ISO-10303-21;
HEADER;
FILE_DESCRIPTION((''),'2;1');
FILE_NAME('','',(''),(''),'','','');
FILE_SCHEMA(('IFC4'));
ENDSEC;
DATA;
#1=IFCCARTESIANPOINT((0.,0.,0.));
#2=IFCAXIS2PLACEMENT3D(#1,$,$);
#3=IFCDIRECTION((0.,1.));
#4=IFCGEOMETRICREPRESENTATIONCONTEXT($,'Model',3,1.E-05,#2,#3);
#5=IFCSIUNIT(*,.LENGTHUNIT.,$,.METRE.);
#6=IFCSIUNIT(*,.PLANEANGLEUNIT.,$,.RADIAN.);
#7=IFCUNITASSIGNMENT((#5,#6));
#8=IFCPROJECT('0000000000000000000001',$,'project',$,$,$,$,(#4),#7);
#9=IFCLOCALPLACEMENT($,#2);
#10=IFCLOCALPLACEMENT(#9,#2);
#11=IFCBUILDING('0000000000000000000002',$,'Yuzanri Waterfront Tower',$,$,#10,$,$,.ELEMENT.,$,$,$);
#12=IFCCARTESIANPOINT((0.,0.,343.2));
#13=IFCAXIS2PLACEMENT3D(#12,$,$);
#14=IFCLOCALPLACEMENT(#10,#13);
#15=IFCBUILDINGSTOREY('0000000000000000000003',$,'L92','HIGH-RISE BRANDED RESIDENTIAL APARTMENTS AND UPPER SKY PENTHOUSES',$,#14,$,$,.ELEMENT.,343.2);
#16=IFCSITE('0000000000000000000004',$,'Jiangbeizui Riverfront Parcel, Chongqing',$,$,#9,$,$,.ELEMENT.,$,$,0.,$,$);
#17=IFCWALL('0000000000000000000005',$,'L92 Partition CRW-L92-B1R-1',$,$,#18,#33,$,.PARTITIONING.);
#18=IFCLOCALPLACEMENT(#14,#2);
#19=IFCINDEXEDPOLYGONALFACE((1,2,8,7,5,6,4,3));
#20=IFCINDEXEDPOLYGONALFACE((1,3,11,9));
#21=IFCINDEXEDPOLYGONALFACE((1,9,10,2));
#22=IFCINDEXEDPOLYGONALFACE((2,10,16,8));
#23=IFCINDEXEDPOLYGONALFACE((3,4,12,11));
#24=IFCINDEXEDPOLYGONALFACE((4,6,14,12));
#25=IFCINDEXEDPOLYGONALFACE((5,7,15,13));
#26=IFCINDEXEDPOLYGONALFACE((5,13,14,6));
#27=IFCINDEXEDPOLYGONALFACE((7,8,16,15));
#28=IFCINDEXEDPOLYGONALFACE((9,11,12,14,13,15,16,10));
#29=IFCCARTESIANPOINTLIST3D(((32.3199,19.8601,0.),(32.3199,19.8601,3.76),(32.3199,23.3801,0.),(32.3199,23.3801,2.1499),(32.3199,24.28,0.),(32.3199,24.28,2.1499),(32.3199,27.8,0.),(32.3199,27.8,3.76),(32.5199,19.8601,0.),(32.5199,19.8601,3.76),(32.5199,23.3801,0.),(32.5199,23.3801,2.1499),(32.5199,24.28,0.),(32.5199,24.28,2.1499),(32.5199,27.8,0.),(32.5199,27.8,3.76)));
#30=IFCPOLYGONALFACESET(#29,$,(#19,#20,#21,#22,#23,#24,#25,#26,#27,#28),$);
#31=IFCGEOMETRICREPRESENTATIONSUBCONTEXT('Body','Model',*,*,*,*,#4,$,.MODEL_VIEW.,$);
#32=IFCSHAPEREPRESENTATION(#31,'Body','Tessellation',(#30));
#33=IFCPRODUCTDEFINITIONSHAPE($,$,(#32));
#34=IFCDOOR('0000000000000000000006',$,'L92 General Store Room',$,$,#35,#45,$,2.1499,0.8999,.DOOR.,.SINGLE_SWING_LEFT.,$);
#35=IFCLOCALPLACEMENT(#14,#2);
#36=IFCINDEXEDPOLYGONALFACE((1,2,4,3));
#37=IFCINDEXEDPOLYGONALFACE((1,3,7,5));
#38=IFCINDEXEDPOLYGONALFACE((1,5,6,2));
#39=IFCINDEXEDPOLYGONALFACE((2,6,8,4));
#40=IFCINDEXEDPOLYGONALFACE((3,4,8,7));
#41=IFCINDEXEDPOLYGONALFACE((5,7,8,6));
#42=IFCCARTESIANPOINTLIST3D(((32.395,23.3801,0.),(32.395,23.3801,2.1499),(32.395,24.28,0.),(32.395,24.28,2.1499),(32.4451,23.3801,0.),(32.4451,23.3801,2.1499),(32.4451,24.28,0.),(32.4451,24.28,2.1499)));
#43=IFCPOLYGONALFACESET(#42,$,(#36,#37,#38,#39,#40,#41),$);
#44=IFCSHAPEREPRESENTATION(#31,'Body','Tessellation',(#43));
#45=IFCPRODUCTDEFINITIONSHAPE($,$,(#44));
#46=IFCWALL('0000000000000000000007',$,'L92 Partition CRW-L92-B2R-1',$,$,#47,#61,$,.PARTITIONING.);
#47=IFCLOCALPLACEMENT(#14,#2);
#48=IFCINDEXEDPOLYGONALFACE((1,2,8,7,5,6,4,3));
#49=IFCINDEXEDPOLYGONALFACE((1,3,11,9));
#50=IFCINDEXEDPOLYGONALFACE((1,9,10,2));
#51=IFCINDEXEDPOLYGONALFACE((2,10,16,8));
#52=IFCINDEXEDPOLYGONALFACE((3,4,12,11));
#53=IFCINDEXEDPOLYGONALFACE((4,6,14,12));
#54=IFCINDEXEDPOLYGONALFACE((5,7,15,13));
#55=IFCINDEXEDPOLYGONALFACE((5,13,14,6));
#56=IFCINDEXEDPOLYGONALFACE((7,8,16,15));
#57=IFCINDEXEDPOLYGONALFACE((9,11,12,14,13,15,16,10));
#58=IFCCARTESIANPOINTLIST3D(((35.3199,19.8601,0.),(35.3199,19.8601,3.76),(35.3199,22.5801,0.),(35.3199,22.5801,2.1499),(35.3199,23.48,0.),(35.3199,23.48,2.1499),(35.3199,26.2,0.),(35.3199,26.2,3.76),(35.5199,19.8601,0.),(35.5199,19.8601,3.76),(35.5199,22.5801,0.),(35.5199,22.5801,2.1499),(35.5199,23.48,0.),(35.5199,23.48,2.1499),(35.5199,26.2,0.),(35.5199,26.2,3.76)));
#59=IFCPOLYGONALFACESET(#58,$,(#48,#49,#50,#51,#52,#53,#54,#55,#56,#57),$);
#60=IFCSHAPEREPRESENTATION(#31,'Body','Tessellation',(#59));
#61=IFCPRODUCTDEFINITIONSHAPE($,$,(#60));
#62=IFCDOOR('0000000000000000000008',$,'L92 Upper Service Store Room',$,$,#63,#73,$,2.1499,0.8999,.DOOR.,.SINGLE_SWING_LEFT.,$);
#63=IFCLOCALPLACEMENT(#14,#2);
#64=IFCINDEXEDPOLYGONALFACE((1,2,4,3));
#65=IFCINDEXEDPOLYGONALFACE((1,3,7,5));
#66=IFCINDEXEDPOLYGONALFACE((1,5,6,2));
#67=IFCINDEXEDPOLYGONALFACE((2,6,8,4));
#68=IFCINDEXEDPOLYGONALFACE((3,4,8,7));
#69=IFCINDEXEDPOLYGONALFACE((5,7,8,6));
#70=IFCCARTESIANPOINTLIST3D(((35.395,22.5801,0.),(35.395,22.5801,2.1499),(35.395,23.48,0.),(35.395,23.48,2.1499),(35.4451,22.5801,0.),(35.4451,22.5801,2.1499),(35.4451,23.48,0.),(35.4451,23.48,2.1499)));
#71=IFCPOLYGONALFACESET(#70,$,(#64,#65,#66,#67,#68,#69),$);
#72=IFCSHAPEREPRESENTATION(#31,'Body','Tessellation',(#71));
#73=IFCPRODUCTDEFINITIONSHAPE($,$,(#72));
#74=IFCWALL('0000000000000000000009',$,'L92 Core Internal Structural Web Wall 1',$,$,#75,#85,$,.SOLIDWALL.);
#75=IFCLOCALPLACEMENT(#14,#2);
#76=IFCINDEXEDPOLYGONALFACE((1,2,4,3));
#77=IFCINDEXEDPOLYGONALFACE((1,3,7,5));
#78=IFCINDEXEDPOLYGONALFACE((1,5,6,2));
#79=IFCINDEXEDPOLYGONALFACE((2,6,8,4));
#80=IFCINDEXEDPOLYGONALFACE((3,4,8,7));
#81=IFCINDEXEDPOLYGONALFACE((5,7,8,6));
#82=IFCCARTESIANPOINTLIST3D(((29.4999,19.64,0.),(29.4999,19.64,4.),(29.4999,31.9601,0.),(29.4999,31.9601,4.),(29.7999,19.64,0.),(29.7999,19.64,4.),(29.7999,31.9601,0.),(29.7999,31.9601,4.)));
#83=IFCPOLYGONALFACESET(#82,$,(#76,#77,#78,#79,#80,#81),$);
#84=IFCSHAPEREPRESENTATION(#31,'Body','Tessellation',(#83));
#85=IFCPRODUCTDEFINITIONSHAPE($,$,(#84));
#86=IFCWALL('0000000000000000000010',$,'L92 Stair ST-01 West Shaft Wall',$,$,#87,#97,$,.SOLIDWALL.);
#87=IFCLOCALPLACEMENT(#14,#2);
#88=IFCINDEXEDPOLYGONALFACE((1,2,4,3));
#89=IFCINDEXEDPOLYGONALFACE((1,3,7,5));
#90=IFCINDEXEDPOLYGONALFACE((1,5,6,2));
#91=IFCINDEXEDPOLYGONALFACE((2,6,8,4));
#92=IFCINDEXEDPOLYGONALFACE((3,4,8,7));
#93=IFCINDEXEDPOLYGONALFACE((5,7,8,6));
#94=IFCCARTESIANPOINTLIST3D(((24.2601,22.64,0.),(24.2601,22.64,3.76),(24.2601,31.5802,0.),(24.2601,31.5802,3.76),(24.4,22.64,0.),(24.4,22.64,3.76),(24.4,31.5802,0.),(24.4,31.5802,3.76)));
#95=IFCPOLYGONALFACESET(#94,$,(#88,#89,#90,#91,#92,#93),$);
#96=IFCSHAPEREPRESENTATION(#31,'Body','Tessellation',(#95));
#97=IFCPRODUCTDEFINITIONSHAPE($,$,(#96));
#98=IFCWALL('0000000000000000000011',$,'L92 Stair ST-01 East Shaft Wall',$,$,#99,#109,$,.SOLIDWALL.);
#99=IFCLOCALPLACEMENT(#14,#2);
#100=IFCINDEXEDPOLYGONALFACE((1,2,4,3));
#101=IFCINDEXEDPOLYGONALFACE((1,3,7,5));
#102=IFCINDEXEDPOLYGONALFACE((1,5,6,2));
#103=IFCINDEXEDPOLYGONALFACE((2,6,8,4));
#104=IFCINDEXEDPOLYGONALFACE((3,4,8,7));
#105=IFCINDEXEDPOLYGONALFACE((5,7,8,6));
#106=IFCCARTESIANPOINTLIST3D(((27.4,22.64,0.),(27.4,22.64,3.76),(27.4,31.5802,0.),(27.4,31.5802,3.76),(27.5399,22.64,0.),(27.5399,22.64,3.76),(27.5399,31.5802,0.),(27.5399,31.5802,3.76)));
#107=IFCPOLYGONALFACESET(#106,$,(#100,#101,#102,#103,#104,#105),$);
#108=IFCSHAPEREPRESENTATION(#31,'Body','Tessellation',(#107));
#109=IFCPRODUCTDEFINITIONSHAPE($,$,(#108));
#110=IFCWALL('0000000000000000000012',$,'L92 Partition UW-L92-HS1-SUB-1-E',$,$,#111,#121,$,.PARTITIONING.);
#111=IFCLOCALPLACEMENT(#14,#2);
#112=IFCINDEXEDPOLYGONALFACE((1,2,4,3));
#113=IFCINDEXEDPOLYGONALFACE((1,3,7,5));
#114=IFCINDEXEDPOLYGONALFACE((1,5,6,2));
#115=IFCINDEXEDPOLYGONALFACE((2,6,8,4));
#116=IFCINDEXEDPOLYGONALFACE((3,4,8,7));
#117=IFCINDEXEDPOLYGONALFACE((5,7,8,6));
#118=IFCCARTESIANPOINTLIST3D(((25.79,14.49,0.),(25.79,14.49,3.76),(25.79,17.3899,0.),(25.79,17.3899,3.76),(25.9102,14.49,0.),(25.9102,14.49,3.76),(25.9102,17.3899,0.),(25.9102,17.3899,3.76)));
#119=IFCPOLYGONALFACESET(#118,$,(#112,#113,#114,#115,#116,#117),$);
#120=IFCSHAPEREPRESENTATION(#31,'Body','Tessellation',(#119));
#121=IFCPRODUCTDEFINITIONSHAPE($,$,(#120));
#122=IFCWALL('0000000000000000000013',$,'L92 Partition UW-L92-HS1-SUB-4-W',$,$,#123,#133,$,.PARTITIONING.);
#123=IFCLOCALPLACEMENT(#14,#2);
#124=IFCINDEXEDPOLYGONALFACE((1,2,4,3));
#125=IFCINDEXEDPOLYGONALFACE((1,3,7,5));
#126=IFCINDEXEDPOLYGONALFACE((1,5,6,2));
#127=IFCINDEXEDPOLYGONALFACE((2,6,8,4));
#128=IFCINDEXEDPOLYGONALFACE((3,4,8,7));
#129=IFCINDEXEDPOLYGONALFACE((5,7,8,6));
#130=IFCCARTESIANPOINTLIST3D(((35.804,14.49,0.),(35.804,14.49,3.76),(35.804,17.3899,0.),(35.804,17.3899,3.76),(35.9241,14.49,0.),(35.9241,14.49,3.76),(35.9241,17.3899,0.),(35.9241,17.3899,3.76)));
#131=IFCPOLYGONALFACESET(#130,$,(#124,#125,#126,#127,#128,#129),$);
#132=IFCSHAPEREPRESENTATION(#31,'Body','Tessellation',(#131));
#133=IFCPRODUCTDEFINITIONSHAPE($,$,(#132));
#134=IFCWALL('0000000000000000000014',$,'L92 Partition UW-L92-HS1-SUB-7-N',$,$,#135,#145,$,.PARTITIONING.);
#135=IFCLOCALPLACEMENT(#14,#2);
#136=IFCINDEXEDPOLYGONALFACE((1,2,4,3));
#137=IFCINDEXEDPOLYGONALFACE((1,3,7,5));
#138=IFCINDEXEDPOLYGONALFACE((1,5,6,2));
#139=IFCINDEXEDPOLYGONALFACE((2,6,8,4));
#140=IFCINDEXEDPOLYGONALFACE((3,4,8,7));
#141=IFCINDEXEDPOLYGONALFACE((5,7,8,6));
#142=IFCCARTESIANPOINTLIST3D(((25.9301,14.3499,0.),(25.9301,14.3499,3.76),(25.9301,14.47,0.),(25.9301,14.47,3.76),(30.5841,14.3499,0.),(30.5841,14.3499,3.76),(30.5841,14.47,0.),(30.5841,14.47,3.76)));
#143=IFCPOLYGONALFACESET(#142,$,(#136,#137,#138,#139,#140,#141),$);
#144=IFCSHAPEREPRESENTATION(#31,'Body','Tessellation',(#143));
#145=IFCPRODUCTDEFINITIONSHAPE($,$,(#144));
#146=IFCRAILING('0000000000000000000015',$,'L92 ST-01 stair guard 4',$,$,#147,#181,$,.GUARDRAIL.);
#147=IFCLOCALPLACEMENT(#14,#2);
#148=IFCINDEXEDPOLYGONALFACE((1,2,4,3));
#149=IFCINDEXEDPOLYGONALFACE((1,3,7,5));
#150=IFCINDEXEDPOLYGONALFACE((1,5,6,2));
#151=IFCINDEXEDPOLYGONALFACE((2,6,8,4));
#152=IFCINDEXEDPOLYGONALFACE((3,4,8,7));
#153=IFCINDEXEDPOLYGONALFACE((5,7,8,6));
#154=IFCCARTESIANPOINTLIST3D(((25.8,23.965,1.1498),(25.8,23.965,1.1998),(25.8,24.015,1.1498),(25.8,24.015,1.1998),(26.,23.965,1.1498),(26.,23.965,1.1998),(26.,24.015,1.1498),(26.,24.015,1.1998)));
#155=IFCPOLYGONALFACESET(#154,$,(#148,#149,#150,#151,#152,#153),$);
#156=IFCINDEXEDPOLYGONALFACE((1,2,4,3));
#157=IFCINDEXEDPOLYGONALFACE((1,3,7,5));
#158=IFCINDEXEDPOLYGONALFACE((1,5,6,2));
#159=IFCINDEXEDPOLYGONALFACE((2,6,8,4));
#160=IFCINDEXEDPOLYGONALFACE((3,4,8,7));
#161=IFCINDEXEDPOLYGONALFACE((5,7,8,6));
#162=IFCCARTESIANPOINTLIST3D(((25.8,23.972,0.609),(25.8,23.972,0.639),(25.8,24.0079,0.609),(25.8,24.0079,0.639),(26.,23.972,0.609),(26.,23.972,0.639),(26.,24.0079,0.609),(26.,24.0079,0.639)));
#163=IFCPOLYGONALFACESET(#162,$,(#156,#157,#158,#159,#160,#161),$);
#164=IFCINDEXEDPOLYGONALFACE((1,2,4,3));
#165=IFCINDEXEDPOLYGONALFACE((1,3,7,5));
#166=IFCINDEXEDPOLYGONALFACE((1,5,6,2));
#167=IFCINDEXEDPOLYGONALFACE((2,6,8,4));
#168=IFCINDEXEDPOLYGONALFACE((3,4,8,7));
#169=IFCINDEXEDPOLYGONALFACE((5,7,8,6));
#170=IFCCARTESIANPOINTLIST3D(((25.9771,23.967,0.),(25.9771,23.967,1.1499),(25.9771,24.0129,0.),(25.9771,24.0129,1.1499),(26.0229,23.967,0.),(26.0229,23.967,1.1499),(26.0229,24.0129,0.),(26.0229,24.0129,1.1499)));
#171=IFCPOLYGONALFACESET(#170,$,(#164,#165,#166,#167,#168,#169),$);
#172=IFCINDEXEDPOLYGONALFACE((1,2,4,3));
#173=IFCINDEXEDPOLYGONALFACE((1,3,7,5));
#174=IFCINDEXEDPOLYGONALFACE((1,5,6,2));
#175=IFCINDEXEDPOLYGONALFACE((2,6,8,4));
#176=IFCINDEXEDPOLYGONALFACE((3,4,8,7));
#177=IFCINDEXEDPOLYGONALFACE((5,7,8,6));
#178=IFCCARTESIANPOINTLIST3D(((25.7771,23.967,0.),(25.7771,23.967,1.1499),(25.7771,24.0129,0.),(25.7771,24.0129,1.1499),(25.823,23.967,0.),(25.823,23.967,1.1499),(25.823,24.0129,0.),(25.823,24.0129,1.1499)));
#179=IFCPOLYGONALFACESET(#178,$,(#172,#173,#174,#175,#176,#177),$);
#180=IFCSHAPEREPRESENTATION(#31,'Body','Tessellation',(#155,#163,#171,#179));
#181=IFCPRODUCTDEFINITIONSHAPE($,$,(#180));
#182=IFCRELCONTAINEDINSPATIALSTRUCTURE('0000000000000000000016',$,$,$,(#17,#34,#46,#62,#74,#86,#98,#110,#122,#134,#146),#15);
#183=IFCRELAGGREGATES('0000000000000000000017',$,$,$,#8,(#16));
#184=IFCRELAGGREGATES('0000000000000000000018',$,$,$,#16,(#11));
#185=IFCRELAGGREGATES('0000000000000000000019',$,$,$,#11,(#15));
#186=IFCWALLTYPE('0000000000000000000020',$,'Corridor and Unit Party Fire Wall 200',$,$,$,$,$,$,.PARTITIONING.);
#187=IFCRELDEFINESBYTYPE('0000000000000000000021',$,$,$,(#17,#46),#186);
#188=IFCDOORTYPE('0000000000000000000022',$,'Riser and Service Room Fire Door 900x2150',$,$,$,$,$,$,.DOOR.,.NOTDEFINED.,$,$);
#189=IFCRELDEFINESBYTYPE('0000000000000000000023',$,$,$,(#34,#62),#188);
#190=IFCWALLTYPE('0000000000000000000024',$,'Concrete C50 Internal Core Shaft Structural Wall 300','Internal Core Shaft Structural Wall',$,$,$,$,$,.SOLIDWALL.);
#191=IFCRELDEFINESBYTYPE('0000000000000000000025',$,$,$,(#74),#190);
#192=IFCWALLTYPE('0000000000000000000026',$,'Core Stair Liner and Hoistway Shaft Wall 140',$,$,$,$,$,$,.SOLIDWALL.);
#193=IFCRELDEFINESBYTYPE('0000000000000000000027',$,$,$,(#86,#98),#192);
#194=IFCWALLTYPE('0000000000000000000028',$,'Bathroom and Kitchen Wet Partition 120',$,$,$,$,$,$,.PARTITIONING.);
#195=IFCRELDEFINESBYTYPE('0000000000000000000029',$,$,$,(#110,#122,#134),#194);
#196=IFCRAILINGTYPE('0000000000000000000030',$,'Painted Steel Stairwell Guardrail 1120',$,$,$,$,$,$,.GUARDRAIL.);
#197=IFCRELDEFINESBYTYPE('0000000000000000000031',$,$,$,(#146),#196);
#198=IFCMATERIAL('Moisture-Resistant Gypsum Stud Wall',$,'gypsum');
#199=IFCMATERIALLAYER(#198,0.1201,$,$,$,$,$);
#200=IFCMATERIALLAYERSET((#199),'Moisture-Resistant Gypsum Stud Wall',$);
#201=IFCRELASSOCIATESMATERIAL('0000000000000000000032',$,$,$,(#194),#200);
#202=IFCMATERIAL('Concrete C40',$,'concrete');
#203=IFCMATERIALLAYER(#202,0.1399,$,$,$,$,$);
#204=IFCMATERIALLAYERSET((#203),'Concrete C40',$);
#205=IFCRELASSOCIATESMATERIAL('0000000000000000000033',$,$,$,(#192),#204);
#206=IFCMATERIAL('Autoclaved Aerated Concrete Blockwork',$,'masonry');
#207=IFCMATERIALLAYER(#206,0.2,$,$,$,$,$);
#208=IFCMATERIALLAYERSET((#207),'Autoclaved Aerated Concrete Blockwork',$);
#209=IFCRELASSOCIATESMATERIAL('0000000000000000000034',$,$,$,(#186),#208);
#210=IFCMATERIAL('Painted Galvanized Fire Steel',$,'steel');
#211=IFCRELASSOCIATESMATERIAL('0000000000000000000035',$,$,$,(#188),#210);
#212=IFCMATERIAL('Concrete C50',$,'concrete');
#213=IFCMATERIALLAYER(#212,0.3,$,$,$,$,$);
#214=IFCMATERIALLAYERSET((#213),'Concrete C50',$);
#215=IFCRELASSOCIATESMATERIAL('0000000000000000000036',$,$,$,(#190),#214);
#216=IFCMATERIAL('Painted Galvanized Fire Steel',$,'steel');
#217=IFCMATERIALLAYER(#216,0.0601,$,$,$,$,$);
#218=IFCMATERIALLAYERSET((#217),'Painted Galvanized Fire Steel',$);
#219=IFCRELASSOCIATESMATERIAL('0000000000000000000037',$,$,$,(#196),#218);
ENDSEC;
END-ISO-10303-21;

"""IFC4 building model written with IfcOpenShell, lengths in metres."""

from ifc_helpers import new_model, si_unit, direction, frame, frame_2d, origin, origin_2d, place, context, subcontext, project, spatial, rectangle, extrude, source, transform, mapped, material, layer, layer_set, type_object, element, fill, save


model = new_model("IFC4")

# Units and contexts
model_context = context("Model", 3, precision=1e-05, world=origin(), true_north=direction((0.0, 1.0)))
body_context = subcontext(model_context, "Body", "Model", "MODEL_VIEW")
ifc_project = project(units=[si_unit("LENGTHUNIT", "METRE"), si_unit("PLANEANGLEUNIT", "RADIAN")], contexts=[model_context])

# Site, building, storey
site_placement = place(None, origin())
site = spatial("IfcSite", under=ifc_project, at=site_placement, Name="Jiangbeizui Riverfront Parcel, Chongqing", CompositionType="ELEMENT", RefElevation=0.0)
building_placement = place(site_placement, origin())
building = spatial("IfcBuilding", under=site, at=building_placement, Name="Yuzanri Waterfront Tower", CompositionType="ELEMENT")
storey_placement = place(building_placement, frame((0.0, 0.0, 343.2)))
storey = spatial("IfcBuildingStorey", under=building, at=storey_placement, Name="L92", Description="HIGH-RISE BRANDED RESIDENTIAL APARTMENTS AND UPPER SKY PENTHOUSES", CompositionType="ELEMENT", Elevation=343.2)

# Shared definitions
ifc_material_1 = material(Name="Moisture-Resistant Gypsum Stud Wall", Category="gypsum")
ifc_layer_1 = layer(ifc_material_1, 0.1201)
ifc_layer_set_1 = layer_set([ifc_layer_1], Name="Moisture-Resistant Gypsum Stud Wall")
wall_type_1 = type_object("IfcWallType", Name="Bathroom and Kitchen Wet Partition 120", PredefinedType="PARTITIONING", material=ifc_layer_set_1)

# Walls, openings, doors
ifc_material_2 = material(Name="Concrete C40", Category="concrete")
ifc_layer_2 = layer(ifc_material_2, 0.1399)
ifc_layer_set_2 = layer_set([ifc_layer_2], Name="Concrete C40")
wall_type_2 = type_object("IfcWallType", Name="Core Stair Liner and Hoistway Shaft Wall 140", PredefinedType="SOLIDWALL", material=ifc_layer_set_2)
ifc_material_3 = material(Name="Autoclaved Aerated Concrete Blockwork", Category="masonry")
ifc_layer_3 = layer(ifc_material_3, 0.2)
ifc_layer_set_3 = layer_set([ifc_layer_3], Name="Autoclaved Aerated Concrete Blockwork")
wall_type_3 = type_object("IfcWallType", Name="Corridor and Unit Party Fire Wall 200", PredefinedType="PARTITIONING", material=ifc_layer_set_3)
wall_1_placement = place(storey_placement, frame((32.4199, 19.8601, 0.0), z_axis=(0.0, 0.0, 1.0), x_axis=(0.0, 1.0, 0.0)))
wall_1 = element("IfcWall", 1, at=wall_1_placement, inside=storey, type_object=wall_type_3, Name="L92 Partition CRW-L92-B1R-1", PredefinedType="PARTITIONING", context=body_context, shape_type="SweptSolid", body=[
    extrude(rectangle(XDim=7.9399, YDim=0.2, at=frame_2d((3.97, 0.0))), origin(), (0.0, 0.0, 1.0), 3.76),
])
opening_1_placement = place(wall_1_placement, frame((3.52, 0.0, 0.0)))
opening_1 = element("IfcOpeningElement", 2, at=opening_1_placement, cuts=wall_1, PredefinedType="OPENING", context=body_context, shape_type="SweptSolid", body=[
    extrude(rectangle(XDim=0.8999, YDim=2.1499, at=frame_2d((0.45, 1.075))), frame((0.0, 0.1147, 0.0), z_axis=(0.0, -1.0, 0.0), x_axis=(1.0, 0.0, 0.0)), (0.0, 0.0, 1.0), 0.2297),
])
ifc_material_4 = material(Name="Painted Galvanized Fire Steel", Category="steel")
door_type_1 = type_object("IfcDoorType", Name="Riser and Service Room Fire Door 900x2150", OperationType="NOTDEFINED", PredefinedType="DOOR", material=ifc_material_4)
shared_shape_1 = source(origin(), body_context, "Body", "SweptSolid", [
    extrude(rectangle(XDim=0.8999, YDim=2.1499, at=frame_2d((0.45, 1.075))), frame((0.0, 0.0249, 0.0), z_axis=(0.0, -1.0, 0.0), x_axis=(1.0, 0.0, 0.0)), (0.0, 0.0, 1.0), 0.05),
])
door_1_placement = place(opening_1_placement, origin())
door_1 = element("IfcDoor", 3, at=door_1_placement, inside=storey, type_object=door_type_1, Name="L92 General Store Room", OperationType="SINGLE_SWING_LEFT", OverallHeight=2.1499, OverallWidth=0.8999, PredefinedType="DOOR", context=body_context, shape_type="MappedRepresentation", body=[
    mapped(shared_shape_1, transform((0.0, 0.0, 0.0), scale=1.0)),
])
fill(opening_1, door_1)
wall_2_placement = place(storey_placement, frame((35.4199, 19.8601, 0.0), z_axis=(0.0, 0.0, 1.0), x_axis=(0.0, 1.0, 0.0)))
wall_2 = element("IfcWall", 4, at=wall_2_placement, inside=storey, type_object=wall_type_3, Name="L92 Partition CRW-L92-B2R-1", PredefinedType="PARTITIONING", context=body_context, shape_type="SweptSolid", body=[
    extrude(rectangle(XDim=6.3398, YDim=0.2, at=frame_2d((3.1699, 0.0))), origin(), (0.0, 0.0, 1.0), 3.76),
])
opening_2_placement = place(wall_2_placement, frame((2.72, 0.0, 0.0)))
opening_2 = element("IfcOpeningElement", 5, at=opening_2_placement, cuts=wall_2, PredefinedType="OPENING", context=body_context, shape_type="SweptSolid", body=[
    extrude(rectangle(XDim=0.8999, YDim=2.1499, at=frame_2d((0.45, 1.075))), frame((0.0, 0.1147, 0.0), z_axis=(0.0, -1.0, 0.0), x_axis=(1.0, 0.0, 0.0)), (0.0, 0.0, 1.0), 0.2297),
])
door_2_placement = place(opening_2_placement, origin())
door_2 = element("IfcDoor", 6, at=door_2_placement, inside=storey, type_object=door_type_1, Name="L92 Upper Service Store Room", OperationType="SINGLE_SWING_LEFT", OverallHeight=2.1499, OverallWidth=0.8999, PredefinedType="DOOR", context=body_context, shape_type="MappedRepresentation", body=[
    mapped(shared_shape_1, transform((0.0, 0.0, 0.0), scale=1.0)),
])
fill(opening_2, door_2)

# Walls
ifc_material_5 = material(Name="Concrete C50", Category="concrete")
ifc_layer_4 = layer(ifc_material_5, 0.3)
ifc_layer_set_4 = layer_set([ifc_layer_4], Name="Concrete C50")
wall_type_4 = type_object("IfcWallType", Name="Concrete C50 Internal Core Shaft Structural Wall 300", Description="Internal Core Shaft Structural Wall", PredefinedType="SOLIDWALL", material=ifc_layer_set_4)
shared_shape_2 = source(origin(), body_context, "Body", "SweptSolid", [
    extrude(rectangle(XDim=12.3201, YDim=0.3, at=frame_2d((6.1602, 0.0))), origin(), (0.0, 0.0, 1.0), 4.0),
])
wall_3_placement = place(storey_placement, frame((29.6499, 19.6399, 0.0), z_axis=(0.0, 0.0, 1.0), x_axis=(0.0, 1.0, 0.0)))
element("IfcWall", 7, at=wall_3_placement, inside=storey, type_object=wall_type_4, Name="L92 Core Internal Structural Web Wall 1", PredefinedType="SOLIDWALL", context=body_context, shape_type="MappedRepresentation", body=[
    mapped(shared_shape_2, transform((0.0, 0.0, 0.0), scale=1.0)),
])
shared_shape_3 = source(origin(), body_context, "Body", "SweptSolid", [
    extrude(rectangle(XDim=8.9402, YDim=0.1399, at=frame_2d((4.4702, 0.0))), origin(), (0.0, 0.0, 1.0), 3.76),
])
for number, where, z_axis, x_axis, name in (
    (8, (24.3301, 22.6399, 0.0), (0.0, 0.0, 1.0), (0.0, 1.0, 0.0), "L92 Stair ST-01 West Shaft Wall"),
    (9, (27.47, 22.6399, 0.0), (0.0, 0.0, 1.0), (0.0, 1.0, 0.0), "L92 Stair ST-01 East Shaft Wall"),
):
    element("IfcWall", number, at=place(storey_placement, frame(where, z_axis=z_axis, x_axis=x_axis)), inside=storey, type_object=wall_type_2, Name=name, PredefinedType="SOLIDWALL", context=body_context, shape_type="MappedRepresentation", body=[
        mapped(shared_shape_3, transform((0.0, 0.0, 0.0), scale=1.0)),
    ])
shared_shape_4 = source(origin(), body_context, "Body", "SweptSolid", [
    extrude(rectangle(XDim=2.8999, YDim=0.1201, at=frame_2d((1.45, 0.0))), origin(), (0.0, 0.0, 1.0), 3.76),
])
for number, where, z_axis, x_axis, name in (
    (10, (25.8501, 14.49, 0.0), (0.0, 0.0, 1.0), (0.0, 1.0, 0.0), "L92 Partition UW-L92-HS1-SUB-1-E"),
    (11, (35.864, 14.49, 0.0), (0.0, 0.0, 1.0), (0.0, 1.0, 0.0), "L92 Partition UW-L92-HS1-SUB-4-W"),
):
    element("IfcWall", number, at=place(storey_placement, frame(where, z_axis=z_axis, x_axis=x_axis)), inside=storey, type_object=wall_type_1, Name=name, PredefinedType="PARTITIONING", context=body_context, shape_type="MappedRepresentation", body=[
        mapped(shared_shape_4, transform((0.0, 0.0, 0.0), scale=1.0)),
    ])
shared_shape_5 = source(origin(), body_context, "Body", "SweptSolid", [
    extrude(rectangle(XDim=4.6541, YDim=0.1201, at=frame_2d((2.3271, 0.0))), origin(), (0.0, 0.0, 1.0), 3.76),
])
wall_4_placement = place(storey_placement, frame((25.9299, 14.4099, 0.0), z_axis=(0.0, 0.0, 1.0), x_axis=(1.0, 0.0, 0.0)))
element("IfcWall", 12, at=wall_4_placement, inside=storey, type_object=wall_type_1, Name="L92 Partition UW-L92-HS1-SUB-7-N", PredefinedType="PARTITIONING", context=body_context, shape_type="MappedRepresentation", body=[
    mapped(shared_shape_5, transform((0.0, 0.0, 0.0), scale=1.0)),
])

# Railing
ifc_material_6 = material(Name="Painted Galvanized Fire Steel", Category="steel")
ifc_layer_5 = layer(ifc_material_6, 0.0601)
ifc_layer_set_5 = layer_set([ifc_layer_5], Name="Painted Galvanized Fire Steel")
railing_type = type_object("IfcRailingType", Name="Painted Steel Stairwell Guardrail 1120", PredefinedType="GUARDRAIL", material=ifc_layer_set_5)
shared_shape_6 = source(origin(), body_context, "Body", "SweptSolid", [
    extrude(rectangle(XDim=0.05, YDim=0.05, at=origin_2d()), frame((0.0, 0.0, 1.1748), z_axis=(-1.0, 0.0, 0.0), x_axis=(0.0, -1.0, 0.0)), (0.0, 0.0, 1.0), 0.2),
    extrude(rectangle(XDim=0.0359, YDim=0.03, at=origin_2d()), frame((0.0, 0.0, 0.624), z_axis=(-1.0, 0.0, 0.0), x_axis=(0.0, -1.0, 0.0)), (0.0, 0.0, 1.0), 0.2),
    extrude(rectangle(XDim=0.0459, YDim=0.0459, at=origin_2d()), origin(), (0.0, 0.0, 1.0), 1.1499),
    extrude(rectangle(XDim=0.0459, YDim=0.0459, at=origin_2d()), frame((-0.2, 0.0, 0.0)), (0.0, 0.0, 1.0), 1.1499),
])
railing_1_placement = place(storey_placement, frame((26.0, 23.99, 0.0)))
element("IfcRailing", 13, at=railing_1_placement, inside=storey, type_object=railing_type, Name="L92 ST-01 stair guard 4", PredefinedType="GUARDRAIL", context=body_context, shape_type="MappedRepresentation", body=[
    mapped(shared_shape_6, transform((0.0, 0.0, 0.0), scale=1.0)),
])

save(model, "model.ifc")
